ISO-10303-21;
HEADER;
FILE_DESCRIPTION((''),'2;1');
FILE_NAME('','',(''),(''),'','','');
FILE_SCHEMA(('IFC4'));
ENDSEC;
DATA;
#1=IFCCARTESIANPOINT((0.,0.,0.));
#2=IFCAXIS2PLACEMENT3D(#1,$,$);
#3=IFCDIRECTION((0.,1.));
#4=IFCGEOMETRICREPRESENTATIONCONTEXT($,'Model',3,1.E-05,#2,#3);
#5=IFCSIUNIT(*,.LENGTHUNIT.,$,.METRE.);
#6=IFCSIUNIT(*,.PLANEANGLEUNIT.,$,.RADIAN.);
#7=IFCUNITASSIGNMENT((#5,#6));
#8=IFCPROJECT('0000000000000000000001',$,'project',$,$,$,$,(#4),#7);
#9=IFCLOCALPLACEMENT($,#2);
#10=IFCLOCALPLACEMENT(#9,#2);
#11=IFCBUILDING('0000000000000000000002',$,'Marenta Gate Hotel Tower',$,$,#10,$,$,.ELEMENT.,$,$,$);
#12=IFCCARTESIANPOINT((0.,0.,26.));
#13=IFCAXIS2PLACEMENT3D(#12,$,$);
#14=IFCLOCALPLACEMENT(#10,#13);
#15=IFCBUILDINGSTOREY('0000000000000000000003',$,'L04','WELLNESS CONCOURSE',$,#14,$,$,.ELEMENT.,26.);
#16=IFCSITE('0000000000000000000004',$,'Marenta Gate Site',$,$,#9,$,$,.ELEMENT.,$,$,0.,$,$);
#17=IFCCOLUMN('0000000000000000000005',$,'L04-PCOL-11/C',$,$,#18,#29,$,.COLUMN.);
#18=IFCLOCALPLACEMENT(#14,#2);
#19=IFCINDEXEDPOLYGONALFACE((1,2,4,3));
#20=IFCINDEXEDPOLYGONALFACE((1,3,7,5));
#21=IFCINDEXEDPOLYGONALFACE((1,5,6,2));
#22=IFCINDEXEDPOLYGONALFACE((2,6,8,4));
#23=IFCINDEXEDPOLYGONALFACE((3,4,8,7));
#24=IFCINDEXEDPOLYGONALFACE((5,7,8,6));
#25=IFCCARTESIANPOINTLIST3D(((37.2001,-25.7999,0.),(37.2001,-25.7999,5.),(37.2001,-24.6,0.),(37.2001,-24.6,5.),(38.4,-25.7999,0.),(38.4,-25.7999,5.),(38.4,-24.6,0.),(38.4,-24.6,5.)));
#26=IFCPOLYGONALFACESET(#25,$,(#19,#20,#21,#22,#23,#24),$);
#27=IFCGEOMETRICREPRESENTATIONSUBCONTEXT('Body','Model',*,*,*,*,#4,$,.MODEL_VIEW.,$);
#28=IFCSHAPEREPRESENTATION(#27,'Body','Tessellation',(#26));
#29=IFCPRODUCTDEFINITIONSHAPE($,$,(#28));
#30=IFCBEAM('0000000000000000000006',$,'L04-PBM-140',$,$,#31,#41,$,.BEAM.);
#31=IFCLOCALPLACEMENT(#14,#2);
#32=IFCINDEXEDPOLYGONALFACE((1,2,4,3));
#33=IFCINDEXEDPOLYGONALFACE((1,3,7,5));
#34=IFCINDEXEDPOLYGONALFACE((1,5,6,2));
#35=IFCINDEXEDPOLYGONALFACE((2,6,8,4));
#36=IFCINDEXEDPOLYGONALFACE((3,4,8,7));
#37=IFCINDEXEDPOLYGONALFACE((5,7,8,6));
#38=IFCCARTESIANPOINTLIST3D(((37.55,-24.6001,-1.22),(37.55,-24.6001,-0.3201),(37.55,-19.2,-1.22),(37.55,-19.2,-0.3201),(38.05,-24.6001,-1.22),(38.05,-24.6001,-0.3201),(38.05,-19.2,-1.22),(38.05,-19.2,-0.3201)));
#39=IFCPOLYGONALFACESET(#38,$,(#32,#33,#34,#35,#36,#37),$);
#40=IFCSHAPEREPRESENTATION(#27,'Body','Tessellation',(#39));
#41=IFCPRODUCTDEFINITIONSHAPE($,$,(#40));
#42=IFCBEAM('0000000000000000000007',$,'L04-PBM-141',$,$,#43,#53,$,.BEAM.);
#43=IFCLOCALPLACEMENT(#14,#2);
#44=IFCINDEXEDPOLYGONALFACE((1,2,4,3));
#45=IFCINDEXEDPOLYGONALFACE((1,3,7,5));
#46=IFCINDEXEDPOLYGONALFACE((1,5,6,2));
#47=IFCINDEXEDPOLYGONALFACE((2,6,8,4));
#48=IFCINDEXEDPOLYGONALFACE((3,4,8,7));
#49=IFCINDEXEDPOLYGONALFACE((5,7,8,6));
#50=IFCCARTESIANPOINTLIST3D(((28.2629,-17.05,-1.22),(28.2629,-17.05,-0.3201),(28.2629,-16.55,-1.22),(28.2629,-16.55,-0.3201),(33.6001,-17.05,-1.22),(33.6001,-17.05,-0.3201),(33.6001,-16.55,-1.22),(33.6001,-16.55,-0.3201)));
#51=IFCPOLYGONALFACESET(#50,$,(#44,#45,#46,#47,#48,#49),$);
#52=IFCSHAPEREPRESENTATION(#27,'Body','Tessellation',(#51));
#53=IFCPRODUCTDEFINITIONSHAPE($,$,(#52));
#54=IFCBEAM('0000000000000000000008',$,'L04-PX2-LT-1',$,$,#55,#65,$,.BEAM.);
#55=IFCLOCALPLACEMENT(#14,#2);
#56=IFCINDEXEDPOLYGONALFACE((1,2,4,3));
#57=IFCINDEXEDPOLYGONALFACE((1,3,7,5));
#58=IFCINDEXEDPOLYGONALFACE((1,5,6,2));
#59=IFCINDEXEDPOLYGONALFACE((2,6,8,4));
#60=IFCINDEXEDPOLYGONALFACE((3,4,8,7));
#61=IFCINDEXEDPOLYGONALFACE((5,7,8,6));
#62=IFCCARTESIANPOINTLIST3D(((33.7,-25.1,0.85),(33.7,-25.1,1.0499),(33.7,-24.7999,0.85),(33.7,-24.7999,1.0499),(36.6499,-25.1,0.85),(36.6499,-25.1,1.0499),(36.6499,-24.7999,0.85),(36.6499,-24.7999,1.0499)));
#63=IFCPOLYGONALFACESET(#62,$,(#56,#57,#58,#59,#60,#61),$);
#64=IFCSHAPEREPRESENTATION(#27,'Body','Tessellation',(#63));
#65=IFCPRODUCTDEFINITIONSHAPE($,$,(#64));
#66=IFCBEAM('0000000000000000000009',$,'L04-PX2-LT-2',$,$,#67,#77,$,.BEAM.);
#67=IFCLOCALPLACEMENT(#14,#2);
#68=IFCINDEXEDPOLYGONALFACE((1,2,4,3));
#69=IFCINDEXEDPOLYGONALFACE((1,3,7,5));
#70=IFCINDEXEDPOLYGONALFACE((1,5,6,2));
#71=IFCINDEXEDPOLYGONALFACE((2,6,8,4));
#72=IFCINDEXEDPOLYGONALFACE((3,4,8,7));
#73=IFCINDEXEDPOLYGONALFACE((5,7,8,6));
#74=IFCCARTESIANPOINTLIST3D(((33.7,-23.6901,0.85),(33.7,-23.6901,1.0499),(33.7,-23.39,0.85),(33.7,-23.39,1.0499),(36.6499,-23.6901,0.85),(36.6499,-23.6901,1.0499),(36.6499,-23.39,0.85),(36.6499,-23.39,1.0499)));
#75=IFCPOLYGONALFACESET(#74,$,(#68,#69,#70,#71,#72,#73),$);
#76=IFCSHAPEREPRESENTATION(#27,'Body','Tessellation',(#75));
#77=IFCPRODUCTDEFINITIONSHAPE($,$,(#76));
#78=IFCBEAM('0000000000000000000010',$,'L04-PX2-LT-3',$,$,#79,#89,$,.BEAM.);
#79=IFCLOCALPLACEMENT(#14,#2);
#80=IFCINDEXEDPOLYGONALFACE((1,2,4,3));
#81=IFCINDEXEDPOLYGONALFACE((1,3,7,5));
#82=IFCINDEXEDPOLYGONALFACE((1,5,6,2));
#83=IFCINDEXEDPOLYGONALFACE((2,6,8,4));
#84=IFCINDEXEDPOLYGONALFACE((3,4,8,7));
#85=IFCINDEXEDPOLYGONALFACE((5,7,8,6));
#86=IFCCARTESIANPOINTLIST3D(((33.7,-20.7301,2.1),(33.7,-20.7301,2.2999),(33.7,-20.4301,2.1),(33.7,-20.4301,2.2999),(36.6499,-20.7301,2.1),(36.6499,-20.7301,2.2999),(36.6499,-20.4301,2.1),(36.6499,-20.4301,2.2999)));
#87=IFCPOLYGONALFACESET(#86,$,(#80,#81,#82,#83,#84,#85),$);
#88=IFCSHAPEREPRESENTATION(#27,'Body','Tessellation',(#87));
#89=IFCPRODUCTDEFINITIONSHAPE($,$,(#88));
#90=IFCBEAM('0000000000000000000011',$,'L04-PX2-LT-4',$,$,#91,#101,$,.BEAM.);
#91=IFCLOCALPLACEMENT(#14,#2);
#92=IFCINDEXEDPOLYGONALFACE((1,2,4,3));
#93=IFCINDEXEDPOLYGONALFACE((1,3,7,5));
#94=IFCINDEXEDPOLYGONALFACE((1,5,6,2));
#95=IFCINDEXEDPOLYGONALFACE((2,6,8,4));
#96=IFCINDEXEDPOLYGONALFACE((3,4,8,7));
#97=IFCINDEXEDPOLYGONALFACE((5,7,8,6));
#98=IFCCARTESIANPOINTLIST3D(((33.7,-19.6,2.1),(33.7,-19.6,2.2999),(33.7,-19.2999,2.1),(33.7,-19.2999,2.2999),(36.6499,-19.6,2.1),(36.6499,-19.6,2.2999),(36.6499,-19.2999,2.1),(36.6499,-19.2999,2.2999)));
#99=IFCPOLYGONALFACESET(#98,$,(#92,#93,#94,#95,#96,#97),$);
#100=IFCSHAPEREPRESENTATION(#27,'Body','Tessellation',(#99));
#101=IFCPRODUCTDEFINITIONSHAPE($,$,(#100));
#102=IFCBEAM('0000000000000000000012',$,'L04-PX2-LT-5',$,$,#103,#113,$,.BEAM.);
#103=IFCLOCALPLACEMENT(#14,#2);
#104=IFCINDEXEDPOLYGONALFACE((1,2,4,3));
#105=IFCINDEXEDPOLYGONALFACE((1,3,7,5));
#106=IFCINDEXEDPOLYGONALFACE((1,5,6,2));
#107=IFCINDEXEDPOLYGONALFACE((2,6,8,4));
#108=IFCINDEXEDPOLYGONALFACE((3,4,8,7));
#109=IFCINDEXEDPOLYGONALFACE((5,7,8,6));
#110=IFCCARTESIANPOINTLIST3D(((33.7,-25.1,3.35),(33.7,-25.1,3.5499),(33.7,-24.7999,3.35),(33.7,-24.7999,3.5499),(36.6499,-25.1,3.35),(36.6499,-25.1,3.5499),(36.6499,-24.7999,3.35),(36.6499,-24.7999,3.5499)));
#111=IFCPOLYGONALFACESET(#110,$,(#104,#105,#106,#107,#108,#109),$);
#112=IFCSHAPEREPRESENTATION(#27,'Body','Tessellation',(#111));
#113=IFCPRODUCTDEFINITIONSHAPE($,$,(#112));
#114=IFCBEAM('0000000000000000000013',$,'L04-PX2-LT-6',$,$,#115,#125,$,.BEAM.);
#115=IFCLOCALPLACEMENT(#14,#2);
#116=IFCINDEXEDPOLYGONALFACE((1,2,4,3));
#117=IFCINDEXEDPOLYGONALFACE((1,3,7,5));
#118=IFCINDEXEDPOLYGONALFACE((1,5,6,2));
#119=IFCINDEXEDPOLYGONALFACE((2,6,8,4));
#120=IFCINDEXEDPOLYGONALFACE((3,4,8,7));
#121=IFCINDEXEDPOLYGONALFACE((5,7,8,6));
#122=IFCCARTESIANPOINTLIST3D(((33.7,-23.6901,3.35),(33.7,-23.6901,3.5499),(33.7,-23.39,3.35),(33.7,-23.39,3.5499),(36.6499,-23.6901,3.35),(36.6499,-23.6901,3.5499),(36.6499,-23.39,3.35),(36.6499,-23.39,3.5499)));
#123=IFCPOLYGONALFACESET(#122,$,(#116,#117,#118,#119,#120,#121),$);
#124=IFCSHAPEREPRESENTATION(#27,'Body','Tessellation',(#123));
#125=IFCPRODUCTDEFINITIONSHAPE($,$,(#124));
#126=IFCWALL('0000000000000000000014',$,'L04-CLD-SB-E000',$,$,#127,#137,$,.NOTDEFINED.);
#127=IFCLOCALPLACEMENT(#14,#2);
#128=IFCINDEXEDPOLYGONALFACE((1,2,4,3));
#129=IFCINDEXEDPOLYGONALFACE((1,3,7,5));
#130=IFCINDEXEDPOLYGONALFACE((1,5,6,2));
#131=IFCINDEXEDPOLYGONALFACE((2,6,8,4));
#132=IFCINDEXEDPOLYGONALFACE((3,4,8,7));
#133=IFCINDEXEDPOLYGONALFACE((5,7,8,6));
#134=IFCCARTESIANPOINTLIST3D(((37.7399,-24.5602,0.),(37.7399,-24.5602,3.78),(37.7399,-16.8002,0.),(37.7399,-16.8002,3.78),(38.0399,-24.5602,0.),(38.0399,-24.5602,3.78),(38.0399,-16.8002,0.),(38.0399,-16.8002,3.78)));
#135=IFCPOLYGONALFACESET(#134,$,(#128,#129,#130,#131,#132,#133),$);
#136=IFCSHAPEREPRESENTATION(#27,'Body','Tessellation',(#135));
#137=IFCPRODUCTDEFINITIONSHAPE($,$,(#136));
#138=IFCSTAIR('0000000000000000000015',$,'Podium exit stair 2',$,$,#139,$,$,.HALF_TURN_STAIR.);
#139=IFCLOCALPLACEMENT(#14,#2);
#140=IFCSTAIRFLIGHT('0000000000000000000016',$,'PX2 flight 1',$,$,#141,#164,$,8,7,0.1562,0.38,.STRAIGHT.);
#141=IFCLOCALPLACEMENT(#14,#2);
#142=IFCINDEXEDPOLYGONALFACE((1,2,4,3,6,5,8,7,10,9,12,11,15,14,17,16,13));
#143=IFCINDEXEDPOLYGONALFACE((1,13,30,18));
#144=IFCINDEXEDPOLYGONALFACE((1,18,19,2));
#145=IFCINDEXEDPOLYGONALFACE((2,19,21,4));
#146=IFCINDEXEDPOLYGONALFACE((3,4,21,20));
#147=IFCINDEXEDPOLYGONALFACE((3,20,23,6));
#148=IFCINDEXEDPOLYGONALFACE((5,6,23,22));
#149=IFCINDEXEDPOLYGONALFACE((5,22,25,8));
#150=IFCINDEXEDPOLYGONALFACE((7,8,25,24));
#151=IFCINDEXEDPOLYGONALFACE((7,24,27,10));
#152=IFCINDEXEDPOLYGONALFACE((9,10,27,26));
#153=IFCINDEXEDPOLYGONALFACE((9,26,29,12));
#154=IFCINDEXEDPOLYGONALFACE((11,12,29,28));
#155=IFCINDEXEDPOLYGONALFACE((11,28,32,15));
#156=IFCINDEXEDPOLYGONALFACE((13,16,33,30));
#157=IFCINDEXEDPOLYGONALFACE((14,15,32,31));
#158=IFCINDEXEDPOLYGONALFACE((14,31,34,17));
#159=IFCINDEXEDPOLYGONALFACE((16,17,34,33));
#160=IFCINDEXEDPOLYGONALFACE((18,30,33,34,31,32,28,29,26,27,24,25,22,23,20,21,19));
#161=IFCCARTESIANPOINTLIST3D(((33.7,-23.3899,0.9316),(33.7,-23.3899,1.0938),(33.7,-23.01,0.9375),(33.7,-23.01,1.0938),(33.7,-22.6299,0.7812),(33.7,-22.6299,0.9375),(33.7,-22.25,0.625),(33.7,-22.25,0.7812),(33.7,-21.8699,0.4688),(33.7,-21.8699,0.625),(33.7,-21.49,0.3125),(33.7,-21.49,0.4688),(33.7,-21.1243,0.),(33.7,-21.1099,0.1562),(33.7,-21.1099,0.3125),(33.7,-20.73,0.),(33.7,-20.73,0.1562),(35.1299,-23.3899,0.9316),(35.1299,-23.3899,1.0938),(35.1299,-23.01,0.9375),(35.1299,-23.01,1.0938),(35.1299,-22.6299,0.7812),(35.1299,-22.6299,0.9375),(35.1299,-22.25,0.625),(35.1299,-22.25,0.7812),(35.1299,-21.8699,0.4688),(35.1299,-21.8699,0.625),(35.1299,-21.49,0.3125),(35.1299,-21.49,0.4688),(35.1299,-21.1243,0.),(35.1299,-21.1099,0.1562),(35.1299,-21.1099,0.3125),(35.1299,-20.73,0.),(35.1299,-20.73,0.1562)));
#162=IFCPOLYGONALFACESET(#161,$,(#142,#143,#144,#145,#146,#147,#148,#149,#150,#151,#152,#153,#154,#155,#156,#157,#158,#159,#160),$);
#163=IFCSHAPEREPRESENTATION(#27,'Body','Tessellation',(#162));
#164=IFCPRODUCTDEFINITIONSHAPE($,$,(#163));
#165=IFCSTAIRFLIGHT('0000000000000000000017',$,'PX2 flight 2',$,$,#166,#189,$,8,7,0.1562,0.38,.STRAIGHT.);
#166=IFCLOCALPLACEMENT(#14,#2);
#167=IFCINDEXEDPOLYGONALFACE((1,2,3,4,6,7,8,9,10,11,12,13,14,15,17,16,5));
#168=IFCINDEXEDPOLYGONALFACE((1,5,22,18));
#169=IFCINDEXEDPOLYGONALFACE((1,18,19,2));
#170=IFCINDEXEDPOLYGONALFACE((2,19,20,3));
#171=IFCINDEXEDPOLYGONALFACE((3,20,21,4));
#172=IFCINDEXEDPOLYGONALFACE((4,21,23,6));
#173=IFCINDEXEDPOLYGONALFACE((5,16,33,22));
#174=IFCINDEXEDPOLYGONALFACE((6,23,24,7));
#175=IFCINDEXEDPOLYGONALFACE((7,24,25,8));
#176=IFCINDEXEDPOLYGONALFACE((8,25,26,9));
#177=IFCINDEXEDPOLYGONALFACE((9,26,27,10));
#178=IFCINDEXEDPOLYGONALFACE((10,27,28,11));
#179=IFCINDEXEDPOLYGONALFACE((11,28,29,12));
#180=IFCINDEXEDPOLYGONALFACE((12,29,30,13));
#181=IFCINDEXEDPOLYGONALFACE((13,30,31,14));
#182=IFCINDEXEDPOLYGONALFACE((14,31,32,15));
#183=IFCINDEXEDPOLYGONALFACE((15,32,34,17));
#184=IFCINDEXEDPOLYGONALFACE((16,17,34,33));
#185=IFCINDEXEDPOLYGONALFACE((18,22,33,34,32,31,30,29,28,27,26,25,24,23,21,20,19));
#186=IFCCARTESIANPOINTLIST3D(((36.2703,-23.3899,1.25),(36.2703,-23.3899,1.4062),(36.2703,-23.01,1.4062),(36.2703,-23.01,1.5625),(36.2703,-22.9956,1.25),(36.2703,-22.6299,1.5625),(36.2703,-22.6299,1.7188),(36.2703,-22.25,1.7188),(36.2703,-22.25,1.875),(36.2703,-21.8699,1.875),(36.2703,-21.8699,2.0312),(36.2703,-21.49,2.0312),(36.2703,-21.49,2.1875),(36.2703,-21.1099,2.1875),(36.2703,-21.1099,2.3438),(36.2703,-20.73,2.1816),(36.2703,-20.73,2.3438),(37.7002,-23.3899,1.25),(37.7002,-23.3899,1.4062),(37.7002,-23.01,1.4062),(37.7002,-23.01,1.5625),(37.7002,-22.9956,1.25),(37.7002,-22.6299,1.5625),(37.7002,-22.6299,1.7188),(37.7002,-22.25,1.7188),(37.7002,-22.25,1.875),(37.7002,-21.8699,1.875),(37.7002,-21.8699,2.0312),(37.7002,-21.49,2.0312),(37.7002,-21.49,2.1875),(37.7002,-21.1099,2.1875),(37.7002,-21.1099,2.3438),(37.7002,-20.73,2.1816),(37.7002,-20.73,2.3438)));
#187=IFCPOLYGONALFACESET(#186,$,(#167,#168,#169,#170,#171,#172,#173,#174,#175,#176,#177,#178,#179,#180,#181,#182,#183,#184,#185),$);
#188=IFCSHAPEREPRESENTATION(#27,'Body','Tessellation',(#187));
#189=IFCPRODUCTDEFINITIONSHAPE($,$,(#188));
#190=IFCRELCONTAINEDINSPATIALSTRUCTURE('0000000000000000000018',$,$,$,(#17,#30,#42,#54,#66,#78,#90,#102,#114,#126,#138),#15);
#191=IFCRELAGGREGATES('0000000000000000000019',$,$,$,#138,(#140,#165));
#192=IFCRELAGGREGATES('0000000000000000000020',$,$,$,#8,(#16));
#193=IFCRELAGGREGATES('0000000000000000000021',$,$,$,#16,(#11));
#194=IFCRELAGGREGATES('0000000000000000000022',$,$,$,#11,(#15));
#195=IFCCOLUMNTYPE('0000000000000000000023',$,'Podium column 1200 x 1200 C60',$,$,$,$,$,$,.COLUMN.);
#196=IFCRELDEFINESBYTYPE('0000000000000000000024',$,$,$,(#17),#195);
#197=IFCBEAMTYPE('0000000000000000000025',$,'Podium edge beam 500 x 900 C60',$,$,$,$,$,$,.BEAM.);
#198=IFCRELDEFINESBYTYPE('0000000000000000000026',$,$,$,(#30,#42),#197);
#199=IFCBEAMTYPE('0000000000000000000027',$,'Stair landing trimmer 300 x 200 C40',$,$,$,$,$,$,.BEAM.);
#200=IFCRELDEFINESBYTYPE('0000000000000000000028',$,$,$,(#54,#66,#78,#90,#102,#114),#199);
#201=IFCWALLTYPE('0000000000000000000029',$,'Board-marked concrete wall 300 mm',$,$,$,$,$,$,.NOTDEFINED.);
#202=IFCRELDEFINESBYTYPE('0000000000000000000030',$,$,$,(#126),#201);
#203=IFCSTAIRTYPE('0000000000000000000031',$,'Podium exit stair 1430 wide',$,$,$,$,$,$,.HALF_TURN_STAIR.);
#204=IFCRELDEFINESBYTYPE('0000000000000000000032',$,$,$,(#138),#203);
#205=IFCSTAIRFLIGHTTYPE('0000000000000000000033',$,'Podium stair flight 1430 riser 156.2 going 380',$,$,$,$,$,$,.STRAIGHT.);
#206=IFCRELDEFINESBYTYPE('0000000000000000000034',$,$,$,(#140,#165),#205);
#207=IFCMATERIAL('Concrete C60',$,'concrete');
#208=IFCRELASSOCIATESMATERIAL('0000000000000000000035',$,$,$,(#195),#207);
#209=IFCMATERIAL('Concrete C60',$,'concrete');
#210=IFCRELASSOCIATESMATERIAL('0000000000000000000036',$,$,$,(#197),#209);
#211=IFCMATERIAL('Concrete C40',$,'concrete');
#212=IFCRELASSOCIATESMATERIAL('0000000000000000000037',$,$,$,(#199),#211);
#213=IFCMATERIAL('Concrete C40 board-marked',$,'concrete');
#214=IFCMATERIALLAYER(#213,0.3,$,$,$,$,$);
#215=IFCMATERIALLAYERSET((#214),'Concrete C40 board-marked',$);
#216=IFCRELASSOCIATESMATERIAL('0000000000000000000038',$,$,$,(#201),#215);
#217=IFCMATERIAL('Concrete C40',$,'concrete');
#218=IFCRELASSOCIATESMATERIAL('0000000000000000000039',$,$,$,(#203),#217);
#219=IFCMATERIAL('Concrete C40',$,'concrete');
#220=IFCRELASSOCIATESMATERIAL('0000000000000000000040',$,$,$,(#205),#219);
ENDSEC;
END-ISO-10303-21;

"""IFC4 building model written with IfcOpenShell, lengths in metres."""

from ifc_helpers import new_model, si_unit, direction, frame, frame_2d, origin, origin_2d, place, context, subcontext, project, spatial, polyline, rectangle, outline, extrude, material, layer, layer_set, material_profile, profile_set, type_object, element, aggregate, save


model = new_model("IFC4")

# Units and contexts
model_context = context("Model", 3, precision=1e-05, world=origin(), true_north=direction((0.0, 1.0)))
body_context = subcontext(model_context, "Body", "Model", "MODEL_VIEW")
ifc_project = project(units=[si_unit("LENGTHUNIT", "METRE"), si_unit("PLANEANGLEUNIT", "RADIAN")], contexts=[model_context])

# Site, building, storey
site_placement = place(None, origin())
site = spatial("IfcSite", under=ifc_project, at=site_placement, Name="Marenta Gate Site", CompositionType="ELEMENT", RefElevation=0.0)
building_placement = place(site_placement, origin())
building = spatial("IfcBuilding", under=site, at=building_placement, Name="Marenta Gate Hotel Tower", CompositionType="ELEMENT")
storey_placement = place(building_placement, frame((0.0, 0.0, 26.0)))
storey = spatial("IfcBuildingStorey", under=building, at=storey_placement, Name="L04", Description="WELLNESS CONCOURSE", CompositionType="ELEMENT", Elevation=26.0)

# Column
ifc_material_1 = material(Name="Concrete C60", Category="concrete")
ifc_material_profile_1 = material_profile(ifc_material_1, rectangle(XDim=1.2, YDim=1.2, at=origin_2d()), Name="1200 x 1200")
ifc_profile_set_1 = profile_set([ifc_material_profile_1], Name="Concrete C60")
column_type = type_object("IfcColumnType", Name="Podium column 1200 x 1200 C60", PredefinedType="COLUMN", material=ifc_profile_set_1)
column_placement = place(storey_placement, frame((37.8, -25.2, 0.0), z_axis=(0.0, 0.0, 1.0), x_axis=(1.0, 0.0, 0.0)))
element("IfcColumn", 1, at=column_placement, inside=storey, type_object=column_type, Name="L04-PCOL-11/C", PredefinedType="COLUMN", context=body_context, shape_type="SweptSolid", body=[
    extrude(rectangle(XDim=1.2, YDim=1.2, at=origin_2d()), origin(), (0.0, 0.0, 1.0), 5.0),
])

# Beams
ifc_material_2 = material(Name="Concrete C60", Category="concrete")
ifc_material_profile_2 = material_profile(ifc_material_2, rectangle(XDim=0.5, YDim=0.8999, at=origin_2d()), Name="500 x 900")
ifc_profile_set_2 = profile_set([ifc_material_profile_2], Name="Concrete C60")
beam_type_1 = type_object("IfcBeamType", Name="Podium edge beam 500 x 900 C60", PredefinedType="BEAM", material=ifc_profile_set_2)
beam_1_placement = place(storey_placement, frame((37.8, -24.6001, -0.77), z_axis=(0.0, 1.0, 0.0), x_axis=(-1.0, 0.0, 0.0)))
element("IfcBeam", 2, at=beam_1_placement, inside=storey, type_object=beam_type_1, Name="L04-PBM-140", PredefinedType="BEAM", context=body_context, shape_type="SweptSolid", body=[
    extrude(rectangle(XDim=0.5, YDim=0.8999, at=origin_2d()), origin(), (0.0, 0.0, 1.0), 5.4001),
])
beam_2_placement = place(storey_placement, frame((33.6001, -16.8, -0.77), z_axis=(-1.0, 0.0, 0.0), x_axis=(0.0, -1.0, 0.0)))
element("IfcBeam", 3, at=beam_2_placement, inside=storey, type_object=beam_type_1, Name="L04-PBM-141", PredefinedType="BEAM", context=body_context, shape_type="SweptSolid", body=[
    extrude(rectangle(XDim=0.5, YDim=0.8999, at=origin_2d()), origin(), (0.0, 0.0, 1.0), 5.3372),
])
ifc_material_3 = material(Name="Concrete C40", Category="concrete")
ifc_material_profile_3 = material_profile(ifc_material_3, rectangle(XDim=0.3, YDim=0.2, at=origin_2d()), Name="300 x 200")
ifc_profile_set_3 = profile_set([ifc_material_profile_3], Name="Concrete C40")
beam_type_2 = type_object("IfcBeamType", Name="Stair landing trimmer 300 x 200 C40", PredefinedType="BEAM", material=ifc_profile_set_3)
for number, where, z_axis, x_axis, name in (
    (4, (33.7, -24.95, 0.95), (1.0, 0.0, 0.0), (0.0, 1.0, 0.0), "L04-PX2-LT-1"),
    (5, (33.7, -23.54, 0.95), (1.0, 0.0, 0.0), (0.0, 1.0, 0.0), "L04-PX2-LT-2"),
    (6, (33.7, -20.5801, 2.2), (1.0, 0.0, 0.0), (0.0, 1.0, 0.0), "L04-PX2-LT-3"),
    (7, (33.7, -19.45, 2.2), (1.0, 0.0, 0.0), (0.0, 1.0, 0.0), "L04-PX2-LT-4"),
    (8, (33.7, -24.95, 3.45), (1.0, 0.0, 0.0), (0.0, 1.0, 0.0), "L04-PX2-LT-5"),
    (9, (33.7, -23.54, 3.45), (1.0, 0.0, 0.0), (0.0, 1.0, 0.0), "L04-PX2-LT-6"),
):
    element("IfcBeam", number, at=place(storey_placement, frame(where, z_axis=z_axis, x_axis=x_axis)), inside=storey, type_object=beam_type_2, Name=name, PredefinedType="BEAM", context=body_context, shape_type="SweptSolid", body=[
        extrude(rectangle(XDim=0.3, YDim=0.2, at=origin_2d()), origin(), (0.0, 0.0, 1.0), 2.95),
    ])

# Wall
ifc_material_4 = material(Name="Concrete C40 board-marked", Category="concrete")
ifc_layer_1 = layer(ifc_material_4, 0.3)
ifc_layer_set_1 = layer_set([ifc_layer_1], Name="Concrete C40 board-marked")
wall_type_1 = type_object("IfcWallType", Name="Board-marked concrete wall 300 mm", PredefinedType="NOTDEFINED", material=ifc_layer_set_1)
wall_1_placement = place(storey_placement, frame((37.8899, -24.5601, 0.0), z_axis=(0.0, 0.0, 1.0), x_axis=(0.0, 1.0, 0.0)))
element("IfcWall", 10, at=wall_1_placement, inside=storey, type_object=wall_type_1, Name="L04-CLD-SB-E000", PredefinedType="NOTDEFINED", context=body_context, shape_type="SweptSolid", body=[
    extrude(rectangle(XDim=7.76, YDim=0.3, at=frame_2d((3.8799, 0.0))), origin(), (0.0, 0.0, 1.0), 3.78),
])

# Stair, stair flights
ifc_material_5 = material(Name="Concrete C40", Category="concrete")
stair_type = type_object("IfcStairType", Name="Podium exit stair 1430 wide", PredefinedType="HALF_TURN_STAIR", material=ifc_material_5)
stair_placement = place(storey_placement, origin())
stair = element("IfcStair", 11, at=stair_placement, inside=storey, type_object=stair_type, Name="Podium exit stair 2", PredefinedType="HALF_TURN_STAIR")
ifc_material_6 = material(Name="Concrete C40", Category="concrete")
stair_flight_type = type_object("IfcStairFlightType", Name="Podium stair flight 1430 riser 156.2 going 380", PredefinedType="STRAIGHT", material=ifc_material_6)
stair_flight_1_placement = place(storey_placement, frame((34.415, -20.73, 0.0), z_axis=(0.0, 0.0, 1.0), x_axis=(0.0, -1.0, 0.0)))
stair_flight_1 = element("IfcStairFlight", 12, at=stair_flight_1_placement, type_object=stair_flight_type, Name="PX2 flight 1", NumberOfRisers=8, NumberOfTreads=7, PredefinedType="STRAIGHT", RiserHeight=0.1562, TreadLength=0.38, context=body_context, shape_type="SweptSolid", body=[
    extrude(outline(polyline([(0.0, 0.0), (0.0, 0.1562), (0.3799, 0.1562), (0.3799, 0.3125), (0.76, 0.3125), (0.76, 0.4688), (1.1399, 0.4688), (1.1399, 0.625), (1.52, 0.625), (1.52, 0.7812), (1.8999, 0.7812), (1.8999, 0.9375), (2.28, 0.9375), (2.28, 1.0938), (2.6599, 1.0938), (2.6599, 1.25), (2.6599, 0.9316), (0.3943, 0.0), (0.0, 0.0)])), frame((0.0, 0.7148, 0.0), z_axis=(0.0, -1.0, 0.0), x_axis=(1.0, 0.0, 0.0)), (0.0, 0.0, 1.0), 1.4299),
])
stair_flight_2_placement = place(storey_placement, frame((36.9851, -23.3899, 1.25), z_axis=(0.0, 0.0, 1.0), x_axis=(0.0, 1.0, 0.0)))
stair_flight_2 = element("IfcStairFlight", 13, at=stair_flight_2_placement, type_object=stair_flight_type, Name="PX2 flight 2", NumberOfRisers=8, NumberOfTreads=7, PredefinedType="STRAIGHT", RiserHeight=0.1562, TreadLength=0.38, context=body_context, shape_type="SweptSolid", body=[
    extrude(outline(polyline([(0.0, 0.0), (0.0, 0.1562), (0.3799, 0.1562), (0.3799, 0.3125), (0.76, 0.3125), (0.76, 0.4688), (1.1399, 0.4688), (1.1399, 0.625), (1.52, 0.625), (1.52, 0.7812), (1.8999, 0.7812), (1.8999, 0.9375), (2.28, 0.9375), (2.28, 1.0938), (2.6599, 1.0938), (2.6599, 1.25), (2.6599, 0.9316), (0.3943, 0.0), (0.0, 0.0)])), frame((0.0, 0.7148, 0.0), z_axis=(0.0, -1.0, 0.0), x_axis=(1.0, 0.0, 0.0)), (0.0, 0.0, 1.0), 1.4299),
])
aggregate(stair, [stair_flight_1, stair_flight_2])

save(model, "model.ifc")
